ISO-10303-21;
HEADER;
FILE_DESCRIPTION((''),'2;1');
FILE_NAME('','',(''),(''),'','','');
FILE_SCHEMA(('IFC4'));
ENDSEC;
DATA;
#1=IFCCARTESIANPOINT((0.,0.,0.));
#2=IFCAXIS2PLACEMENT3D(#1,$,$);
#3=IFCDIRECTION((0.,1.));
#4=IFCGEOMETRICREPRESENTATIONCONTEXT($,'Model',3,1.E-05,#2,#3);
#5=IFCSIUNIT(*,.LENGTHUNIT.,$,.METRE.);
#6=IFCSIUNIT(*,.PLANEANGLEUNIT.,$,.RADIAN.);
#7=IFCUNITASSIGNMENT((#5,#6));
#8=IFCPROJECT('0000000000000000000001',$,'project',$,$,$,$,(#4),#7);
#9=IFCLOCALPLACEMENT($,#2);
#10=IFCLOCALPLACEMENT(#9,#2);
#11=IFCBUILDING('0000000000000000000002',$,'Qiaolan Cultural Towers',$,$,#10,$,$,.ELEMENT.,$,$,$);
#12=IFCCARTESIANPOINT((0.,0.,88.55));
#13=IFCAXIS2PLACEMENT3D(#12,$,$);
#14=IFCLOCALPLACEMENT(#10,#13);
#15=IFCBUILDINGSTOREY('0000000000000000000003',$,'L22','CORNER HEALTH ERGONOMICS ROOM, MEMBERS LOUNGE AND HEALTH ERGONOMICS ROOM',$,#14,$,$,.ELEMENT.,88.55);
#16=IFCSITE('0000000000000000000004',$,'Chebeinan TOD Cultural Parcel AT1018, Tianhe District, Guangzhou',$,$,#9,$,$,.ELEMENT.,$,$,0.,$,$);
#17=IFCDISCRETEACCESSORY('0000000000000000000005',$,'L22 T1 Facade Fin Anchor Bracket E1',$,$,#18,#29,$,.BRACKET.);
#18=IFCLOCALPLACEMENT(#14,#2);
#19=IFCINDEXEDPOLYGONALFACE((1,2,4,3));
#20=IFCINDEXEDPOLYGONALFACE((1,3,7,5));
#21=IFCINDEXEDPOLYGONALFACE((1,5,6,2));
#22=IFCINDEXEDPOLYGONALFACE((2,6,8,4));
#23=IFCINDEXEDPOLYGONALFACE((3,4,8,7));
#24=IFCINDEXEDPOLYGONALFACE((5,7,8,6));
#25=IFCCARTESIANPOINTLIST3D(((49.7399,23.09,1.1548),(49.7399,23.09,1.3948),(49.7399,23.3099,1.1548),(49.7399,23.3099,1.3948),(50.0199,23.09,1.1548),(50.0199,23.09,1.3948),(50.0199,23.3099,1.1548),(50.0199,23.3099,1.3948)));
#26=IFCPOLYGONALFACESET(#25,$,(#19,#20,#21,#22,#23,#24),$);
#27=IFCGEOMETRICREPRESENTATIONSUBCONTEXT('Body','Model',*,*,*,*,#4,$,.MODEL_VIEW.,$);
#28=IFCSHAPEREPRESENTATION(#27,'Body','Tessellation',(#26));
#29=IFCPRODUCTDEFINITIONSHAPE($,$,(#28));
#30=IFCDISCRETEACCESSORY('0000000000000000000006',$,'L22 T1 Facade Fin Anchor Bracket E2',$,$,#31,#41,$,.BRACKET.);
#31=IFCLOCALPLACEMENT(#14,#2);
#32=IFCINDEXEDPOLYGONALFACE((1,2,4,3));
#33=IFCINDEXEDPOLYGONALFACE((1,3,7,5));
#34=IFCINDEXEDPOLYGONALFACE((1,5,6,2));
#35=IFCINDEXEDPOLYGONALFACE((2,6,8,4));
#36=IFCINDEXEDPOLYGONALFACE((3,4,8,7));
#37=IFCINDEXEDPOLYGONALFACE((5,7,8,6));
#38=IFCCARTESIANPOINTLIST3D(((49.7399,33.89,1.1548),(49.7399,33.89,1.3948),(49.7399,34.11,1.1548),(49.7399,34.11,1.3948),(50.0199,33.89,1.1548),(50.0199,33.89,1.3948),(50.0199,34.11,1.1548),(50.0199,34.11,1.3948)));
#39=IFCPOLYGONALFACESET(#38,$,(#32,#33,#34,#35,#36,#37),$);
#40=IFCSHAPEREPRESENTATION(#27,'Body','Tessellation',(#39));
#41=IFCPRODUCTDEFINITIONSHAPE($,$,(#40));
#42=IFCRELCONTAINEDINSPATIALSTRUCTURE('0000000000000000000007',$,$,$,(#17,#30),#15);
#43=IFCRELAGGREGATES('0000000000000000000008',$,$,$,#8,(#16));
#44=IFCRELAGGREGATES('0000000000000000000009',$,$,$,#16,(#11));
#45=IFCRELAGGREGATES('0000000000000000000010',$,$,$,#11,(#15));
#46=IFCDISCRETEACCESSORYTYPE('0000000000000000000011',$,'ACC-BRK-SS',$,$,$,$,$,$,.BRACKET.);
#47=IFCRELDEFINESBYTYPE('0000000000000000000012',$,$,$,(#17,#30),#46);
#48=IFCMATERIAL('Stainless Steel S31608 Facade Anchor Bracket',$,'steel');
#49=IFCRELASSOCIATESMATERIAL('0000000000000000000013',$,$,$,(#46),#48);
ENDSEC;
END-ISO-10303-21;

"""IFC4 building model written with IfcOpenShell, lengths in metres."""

from ifc_helpers import new_model, si_unit, direction, frame, origin, origin_2d, place, context, subcontext, project, spatial, rectangle, extrude, material, type_object, element, save


model = new_model("IFC4")

# Units and contexts
model_context = context("Model", 3, precision=1e-05, world=origin(), true_north=direction((0.0, 1.0)))
body_context = subcontext(model_context, "Body", "Model", "MODEL_VIEW")
ifc_project = project(units=[si_unit("LENGTHUNIT", "METRE"), si_unit("PLANEANGLEUNIT", "RADIAN")], contexts=[model_context])

# Site, building, storey
site_placement = place(None, origin())
site = spatial("IfcSite", under=ifc_project, at=site_placement, Name="Chebeinan TOD Cultural Parcel AT1018, Tianhe District, Guangzhou", CompositionType="ELEMENT", RefElevation=0.0)
building_placement = place(site_placement, origin())
building = spatial("IfcBuilding", under=site, at=building_placement, Name="Qiaolan Cultural Towers", CompositionType="ELEMENT")
storey_placement = place(building_placement, frame((0.0, 0.0, 88.55)))
storey = spatial("IfcBuildingStorey", under=building, at=storey_placement, Name="L22", Description="CORNER HEALTH ERGONOMICS ROOM, MEMBERS LOUNGE AND HEALTH ERGONOMICS ROOM", CompositionType="ELEMENT", Elevation=88.55)

# Discrete accessories
ifc_material_1 = material(Name="Stainless Steel S31608 Facade Anchor Bracket", Category="steel")
discrete_accessory_type = type_object("IfcDiscreteAccessoryType", Name="ACC-BRK-SS", PredefinedType="BRACKET", material=ifc_material_1)
for number, where, z_axis, x_axis, name in (
    (1, (49.8799, 23.2, 1.1548), (0.0, 0.0, 1.0), (1.0, 0.0, 0.0), "L22 T1 Facade Fin Anchor Bracket E1"),
    (2, (49.8799, 34.0, 1.1548), (0.0, 0.0, 1.0), (1.0, 0.0, 0.0), "L22 T1 Facade Fin Anchor Bracket E2"),
):
    element("IfcDiscreteAccessory", number, at=place(storey_placement, frame(where, z_axis=z_axis, x_axis=x_axis)), inside=storey, type_object=discrete_accessory_type, Name=name, PredefinedType="BRACKET", context=body_context, shape_type="SweptSolid", body=[
        extrude(rectangle(XDim=0.28, YDim=0.22, at=origin_2d()), origin(), (0.0, 0.0, 1.0), 0.24),
    ])

save(model, "model.ifc")
